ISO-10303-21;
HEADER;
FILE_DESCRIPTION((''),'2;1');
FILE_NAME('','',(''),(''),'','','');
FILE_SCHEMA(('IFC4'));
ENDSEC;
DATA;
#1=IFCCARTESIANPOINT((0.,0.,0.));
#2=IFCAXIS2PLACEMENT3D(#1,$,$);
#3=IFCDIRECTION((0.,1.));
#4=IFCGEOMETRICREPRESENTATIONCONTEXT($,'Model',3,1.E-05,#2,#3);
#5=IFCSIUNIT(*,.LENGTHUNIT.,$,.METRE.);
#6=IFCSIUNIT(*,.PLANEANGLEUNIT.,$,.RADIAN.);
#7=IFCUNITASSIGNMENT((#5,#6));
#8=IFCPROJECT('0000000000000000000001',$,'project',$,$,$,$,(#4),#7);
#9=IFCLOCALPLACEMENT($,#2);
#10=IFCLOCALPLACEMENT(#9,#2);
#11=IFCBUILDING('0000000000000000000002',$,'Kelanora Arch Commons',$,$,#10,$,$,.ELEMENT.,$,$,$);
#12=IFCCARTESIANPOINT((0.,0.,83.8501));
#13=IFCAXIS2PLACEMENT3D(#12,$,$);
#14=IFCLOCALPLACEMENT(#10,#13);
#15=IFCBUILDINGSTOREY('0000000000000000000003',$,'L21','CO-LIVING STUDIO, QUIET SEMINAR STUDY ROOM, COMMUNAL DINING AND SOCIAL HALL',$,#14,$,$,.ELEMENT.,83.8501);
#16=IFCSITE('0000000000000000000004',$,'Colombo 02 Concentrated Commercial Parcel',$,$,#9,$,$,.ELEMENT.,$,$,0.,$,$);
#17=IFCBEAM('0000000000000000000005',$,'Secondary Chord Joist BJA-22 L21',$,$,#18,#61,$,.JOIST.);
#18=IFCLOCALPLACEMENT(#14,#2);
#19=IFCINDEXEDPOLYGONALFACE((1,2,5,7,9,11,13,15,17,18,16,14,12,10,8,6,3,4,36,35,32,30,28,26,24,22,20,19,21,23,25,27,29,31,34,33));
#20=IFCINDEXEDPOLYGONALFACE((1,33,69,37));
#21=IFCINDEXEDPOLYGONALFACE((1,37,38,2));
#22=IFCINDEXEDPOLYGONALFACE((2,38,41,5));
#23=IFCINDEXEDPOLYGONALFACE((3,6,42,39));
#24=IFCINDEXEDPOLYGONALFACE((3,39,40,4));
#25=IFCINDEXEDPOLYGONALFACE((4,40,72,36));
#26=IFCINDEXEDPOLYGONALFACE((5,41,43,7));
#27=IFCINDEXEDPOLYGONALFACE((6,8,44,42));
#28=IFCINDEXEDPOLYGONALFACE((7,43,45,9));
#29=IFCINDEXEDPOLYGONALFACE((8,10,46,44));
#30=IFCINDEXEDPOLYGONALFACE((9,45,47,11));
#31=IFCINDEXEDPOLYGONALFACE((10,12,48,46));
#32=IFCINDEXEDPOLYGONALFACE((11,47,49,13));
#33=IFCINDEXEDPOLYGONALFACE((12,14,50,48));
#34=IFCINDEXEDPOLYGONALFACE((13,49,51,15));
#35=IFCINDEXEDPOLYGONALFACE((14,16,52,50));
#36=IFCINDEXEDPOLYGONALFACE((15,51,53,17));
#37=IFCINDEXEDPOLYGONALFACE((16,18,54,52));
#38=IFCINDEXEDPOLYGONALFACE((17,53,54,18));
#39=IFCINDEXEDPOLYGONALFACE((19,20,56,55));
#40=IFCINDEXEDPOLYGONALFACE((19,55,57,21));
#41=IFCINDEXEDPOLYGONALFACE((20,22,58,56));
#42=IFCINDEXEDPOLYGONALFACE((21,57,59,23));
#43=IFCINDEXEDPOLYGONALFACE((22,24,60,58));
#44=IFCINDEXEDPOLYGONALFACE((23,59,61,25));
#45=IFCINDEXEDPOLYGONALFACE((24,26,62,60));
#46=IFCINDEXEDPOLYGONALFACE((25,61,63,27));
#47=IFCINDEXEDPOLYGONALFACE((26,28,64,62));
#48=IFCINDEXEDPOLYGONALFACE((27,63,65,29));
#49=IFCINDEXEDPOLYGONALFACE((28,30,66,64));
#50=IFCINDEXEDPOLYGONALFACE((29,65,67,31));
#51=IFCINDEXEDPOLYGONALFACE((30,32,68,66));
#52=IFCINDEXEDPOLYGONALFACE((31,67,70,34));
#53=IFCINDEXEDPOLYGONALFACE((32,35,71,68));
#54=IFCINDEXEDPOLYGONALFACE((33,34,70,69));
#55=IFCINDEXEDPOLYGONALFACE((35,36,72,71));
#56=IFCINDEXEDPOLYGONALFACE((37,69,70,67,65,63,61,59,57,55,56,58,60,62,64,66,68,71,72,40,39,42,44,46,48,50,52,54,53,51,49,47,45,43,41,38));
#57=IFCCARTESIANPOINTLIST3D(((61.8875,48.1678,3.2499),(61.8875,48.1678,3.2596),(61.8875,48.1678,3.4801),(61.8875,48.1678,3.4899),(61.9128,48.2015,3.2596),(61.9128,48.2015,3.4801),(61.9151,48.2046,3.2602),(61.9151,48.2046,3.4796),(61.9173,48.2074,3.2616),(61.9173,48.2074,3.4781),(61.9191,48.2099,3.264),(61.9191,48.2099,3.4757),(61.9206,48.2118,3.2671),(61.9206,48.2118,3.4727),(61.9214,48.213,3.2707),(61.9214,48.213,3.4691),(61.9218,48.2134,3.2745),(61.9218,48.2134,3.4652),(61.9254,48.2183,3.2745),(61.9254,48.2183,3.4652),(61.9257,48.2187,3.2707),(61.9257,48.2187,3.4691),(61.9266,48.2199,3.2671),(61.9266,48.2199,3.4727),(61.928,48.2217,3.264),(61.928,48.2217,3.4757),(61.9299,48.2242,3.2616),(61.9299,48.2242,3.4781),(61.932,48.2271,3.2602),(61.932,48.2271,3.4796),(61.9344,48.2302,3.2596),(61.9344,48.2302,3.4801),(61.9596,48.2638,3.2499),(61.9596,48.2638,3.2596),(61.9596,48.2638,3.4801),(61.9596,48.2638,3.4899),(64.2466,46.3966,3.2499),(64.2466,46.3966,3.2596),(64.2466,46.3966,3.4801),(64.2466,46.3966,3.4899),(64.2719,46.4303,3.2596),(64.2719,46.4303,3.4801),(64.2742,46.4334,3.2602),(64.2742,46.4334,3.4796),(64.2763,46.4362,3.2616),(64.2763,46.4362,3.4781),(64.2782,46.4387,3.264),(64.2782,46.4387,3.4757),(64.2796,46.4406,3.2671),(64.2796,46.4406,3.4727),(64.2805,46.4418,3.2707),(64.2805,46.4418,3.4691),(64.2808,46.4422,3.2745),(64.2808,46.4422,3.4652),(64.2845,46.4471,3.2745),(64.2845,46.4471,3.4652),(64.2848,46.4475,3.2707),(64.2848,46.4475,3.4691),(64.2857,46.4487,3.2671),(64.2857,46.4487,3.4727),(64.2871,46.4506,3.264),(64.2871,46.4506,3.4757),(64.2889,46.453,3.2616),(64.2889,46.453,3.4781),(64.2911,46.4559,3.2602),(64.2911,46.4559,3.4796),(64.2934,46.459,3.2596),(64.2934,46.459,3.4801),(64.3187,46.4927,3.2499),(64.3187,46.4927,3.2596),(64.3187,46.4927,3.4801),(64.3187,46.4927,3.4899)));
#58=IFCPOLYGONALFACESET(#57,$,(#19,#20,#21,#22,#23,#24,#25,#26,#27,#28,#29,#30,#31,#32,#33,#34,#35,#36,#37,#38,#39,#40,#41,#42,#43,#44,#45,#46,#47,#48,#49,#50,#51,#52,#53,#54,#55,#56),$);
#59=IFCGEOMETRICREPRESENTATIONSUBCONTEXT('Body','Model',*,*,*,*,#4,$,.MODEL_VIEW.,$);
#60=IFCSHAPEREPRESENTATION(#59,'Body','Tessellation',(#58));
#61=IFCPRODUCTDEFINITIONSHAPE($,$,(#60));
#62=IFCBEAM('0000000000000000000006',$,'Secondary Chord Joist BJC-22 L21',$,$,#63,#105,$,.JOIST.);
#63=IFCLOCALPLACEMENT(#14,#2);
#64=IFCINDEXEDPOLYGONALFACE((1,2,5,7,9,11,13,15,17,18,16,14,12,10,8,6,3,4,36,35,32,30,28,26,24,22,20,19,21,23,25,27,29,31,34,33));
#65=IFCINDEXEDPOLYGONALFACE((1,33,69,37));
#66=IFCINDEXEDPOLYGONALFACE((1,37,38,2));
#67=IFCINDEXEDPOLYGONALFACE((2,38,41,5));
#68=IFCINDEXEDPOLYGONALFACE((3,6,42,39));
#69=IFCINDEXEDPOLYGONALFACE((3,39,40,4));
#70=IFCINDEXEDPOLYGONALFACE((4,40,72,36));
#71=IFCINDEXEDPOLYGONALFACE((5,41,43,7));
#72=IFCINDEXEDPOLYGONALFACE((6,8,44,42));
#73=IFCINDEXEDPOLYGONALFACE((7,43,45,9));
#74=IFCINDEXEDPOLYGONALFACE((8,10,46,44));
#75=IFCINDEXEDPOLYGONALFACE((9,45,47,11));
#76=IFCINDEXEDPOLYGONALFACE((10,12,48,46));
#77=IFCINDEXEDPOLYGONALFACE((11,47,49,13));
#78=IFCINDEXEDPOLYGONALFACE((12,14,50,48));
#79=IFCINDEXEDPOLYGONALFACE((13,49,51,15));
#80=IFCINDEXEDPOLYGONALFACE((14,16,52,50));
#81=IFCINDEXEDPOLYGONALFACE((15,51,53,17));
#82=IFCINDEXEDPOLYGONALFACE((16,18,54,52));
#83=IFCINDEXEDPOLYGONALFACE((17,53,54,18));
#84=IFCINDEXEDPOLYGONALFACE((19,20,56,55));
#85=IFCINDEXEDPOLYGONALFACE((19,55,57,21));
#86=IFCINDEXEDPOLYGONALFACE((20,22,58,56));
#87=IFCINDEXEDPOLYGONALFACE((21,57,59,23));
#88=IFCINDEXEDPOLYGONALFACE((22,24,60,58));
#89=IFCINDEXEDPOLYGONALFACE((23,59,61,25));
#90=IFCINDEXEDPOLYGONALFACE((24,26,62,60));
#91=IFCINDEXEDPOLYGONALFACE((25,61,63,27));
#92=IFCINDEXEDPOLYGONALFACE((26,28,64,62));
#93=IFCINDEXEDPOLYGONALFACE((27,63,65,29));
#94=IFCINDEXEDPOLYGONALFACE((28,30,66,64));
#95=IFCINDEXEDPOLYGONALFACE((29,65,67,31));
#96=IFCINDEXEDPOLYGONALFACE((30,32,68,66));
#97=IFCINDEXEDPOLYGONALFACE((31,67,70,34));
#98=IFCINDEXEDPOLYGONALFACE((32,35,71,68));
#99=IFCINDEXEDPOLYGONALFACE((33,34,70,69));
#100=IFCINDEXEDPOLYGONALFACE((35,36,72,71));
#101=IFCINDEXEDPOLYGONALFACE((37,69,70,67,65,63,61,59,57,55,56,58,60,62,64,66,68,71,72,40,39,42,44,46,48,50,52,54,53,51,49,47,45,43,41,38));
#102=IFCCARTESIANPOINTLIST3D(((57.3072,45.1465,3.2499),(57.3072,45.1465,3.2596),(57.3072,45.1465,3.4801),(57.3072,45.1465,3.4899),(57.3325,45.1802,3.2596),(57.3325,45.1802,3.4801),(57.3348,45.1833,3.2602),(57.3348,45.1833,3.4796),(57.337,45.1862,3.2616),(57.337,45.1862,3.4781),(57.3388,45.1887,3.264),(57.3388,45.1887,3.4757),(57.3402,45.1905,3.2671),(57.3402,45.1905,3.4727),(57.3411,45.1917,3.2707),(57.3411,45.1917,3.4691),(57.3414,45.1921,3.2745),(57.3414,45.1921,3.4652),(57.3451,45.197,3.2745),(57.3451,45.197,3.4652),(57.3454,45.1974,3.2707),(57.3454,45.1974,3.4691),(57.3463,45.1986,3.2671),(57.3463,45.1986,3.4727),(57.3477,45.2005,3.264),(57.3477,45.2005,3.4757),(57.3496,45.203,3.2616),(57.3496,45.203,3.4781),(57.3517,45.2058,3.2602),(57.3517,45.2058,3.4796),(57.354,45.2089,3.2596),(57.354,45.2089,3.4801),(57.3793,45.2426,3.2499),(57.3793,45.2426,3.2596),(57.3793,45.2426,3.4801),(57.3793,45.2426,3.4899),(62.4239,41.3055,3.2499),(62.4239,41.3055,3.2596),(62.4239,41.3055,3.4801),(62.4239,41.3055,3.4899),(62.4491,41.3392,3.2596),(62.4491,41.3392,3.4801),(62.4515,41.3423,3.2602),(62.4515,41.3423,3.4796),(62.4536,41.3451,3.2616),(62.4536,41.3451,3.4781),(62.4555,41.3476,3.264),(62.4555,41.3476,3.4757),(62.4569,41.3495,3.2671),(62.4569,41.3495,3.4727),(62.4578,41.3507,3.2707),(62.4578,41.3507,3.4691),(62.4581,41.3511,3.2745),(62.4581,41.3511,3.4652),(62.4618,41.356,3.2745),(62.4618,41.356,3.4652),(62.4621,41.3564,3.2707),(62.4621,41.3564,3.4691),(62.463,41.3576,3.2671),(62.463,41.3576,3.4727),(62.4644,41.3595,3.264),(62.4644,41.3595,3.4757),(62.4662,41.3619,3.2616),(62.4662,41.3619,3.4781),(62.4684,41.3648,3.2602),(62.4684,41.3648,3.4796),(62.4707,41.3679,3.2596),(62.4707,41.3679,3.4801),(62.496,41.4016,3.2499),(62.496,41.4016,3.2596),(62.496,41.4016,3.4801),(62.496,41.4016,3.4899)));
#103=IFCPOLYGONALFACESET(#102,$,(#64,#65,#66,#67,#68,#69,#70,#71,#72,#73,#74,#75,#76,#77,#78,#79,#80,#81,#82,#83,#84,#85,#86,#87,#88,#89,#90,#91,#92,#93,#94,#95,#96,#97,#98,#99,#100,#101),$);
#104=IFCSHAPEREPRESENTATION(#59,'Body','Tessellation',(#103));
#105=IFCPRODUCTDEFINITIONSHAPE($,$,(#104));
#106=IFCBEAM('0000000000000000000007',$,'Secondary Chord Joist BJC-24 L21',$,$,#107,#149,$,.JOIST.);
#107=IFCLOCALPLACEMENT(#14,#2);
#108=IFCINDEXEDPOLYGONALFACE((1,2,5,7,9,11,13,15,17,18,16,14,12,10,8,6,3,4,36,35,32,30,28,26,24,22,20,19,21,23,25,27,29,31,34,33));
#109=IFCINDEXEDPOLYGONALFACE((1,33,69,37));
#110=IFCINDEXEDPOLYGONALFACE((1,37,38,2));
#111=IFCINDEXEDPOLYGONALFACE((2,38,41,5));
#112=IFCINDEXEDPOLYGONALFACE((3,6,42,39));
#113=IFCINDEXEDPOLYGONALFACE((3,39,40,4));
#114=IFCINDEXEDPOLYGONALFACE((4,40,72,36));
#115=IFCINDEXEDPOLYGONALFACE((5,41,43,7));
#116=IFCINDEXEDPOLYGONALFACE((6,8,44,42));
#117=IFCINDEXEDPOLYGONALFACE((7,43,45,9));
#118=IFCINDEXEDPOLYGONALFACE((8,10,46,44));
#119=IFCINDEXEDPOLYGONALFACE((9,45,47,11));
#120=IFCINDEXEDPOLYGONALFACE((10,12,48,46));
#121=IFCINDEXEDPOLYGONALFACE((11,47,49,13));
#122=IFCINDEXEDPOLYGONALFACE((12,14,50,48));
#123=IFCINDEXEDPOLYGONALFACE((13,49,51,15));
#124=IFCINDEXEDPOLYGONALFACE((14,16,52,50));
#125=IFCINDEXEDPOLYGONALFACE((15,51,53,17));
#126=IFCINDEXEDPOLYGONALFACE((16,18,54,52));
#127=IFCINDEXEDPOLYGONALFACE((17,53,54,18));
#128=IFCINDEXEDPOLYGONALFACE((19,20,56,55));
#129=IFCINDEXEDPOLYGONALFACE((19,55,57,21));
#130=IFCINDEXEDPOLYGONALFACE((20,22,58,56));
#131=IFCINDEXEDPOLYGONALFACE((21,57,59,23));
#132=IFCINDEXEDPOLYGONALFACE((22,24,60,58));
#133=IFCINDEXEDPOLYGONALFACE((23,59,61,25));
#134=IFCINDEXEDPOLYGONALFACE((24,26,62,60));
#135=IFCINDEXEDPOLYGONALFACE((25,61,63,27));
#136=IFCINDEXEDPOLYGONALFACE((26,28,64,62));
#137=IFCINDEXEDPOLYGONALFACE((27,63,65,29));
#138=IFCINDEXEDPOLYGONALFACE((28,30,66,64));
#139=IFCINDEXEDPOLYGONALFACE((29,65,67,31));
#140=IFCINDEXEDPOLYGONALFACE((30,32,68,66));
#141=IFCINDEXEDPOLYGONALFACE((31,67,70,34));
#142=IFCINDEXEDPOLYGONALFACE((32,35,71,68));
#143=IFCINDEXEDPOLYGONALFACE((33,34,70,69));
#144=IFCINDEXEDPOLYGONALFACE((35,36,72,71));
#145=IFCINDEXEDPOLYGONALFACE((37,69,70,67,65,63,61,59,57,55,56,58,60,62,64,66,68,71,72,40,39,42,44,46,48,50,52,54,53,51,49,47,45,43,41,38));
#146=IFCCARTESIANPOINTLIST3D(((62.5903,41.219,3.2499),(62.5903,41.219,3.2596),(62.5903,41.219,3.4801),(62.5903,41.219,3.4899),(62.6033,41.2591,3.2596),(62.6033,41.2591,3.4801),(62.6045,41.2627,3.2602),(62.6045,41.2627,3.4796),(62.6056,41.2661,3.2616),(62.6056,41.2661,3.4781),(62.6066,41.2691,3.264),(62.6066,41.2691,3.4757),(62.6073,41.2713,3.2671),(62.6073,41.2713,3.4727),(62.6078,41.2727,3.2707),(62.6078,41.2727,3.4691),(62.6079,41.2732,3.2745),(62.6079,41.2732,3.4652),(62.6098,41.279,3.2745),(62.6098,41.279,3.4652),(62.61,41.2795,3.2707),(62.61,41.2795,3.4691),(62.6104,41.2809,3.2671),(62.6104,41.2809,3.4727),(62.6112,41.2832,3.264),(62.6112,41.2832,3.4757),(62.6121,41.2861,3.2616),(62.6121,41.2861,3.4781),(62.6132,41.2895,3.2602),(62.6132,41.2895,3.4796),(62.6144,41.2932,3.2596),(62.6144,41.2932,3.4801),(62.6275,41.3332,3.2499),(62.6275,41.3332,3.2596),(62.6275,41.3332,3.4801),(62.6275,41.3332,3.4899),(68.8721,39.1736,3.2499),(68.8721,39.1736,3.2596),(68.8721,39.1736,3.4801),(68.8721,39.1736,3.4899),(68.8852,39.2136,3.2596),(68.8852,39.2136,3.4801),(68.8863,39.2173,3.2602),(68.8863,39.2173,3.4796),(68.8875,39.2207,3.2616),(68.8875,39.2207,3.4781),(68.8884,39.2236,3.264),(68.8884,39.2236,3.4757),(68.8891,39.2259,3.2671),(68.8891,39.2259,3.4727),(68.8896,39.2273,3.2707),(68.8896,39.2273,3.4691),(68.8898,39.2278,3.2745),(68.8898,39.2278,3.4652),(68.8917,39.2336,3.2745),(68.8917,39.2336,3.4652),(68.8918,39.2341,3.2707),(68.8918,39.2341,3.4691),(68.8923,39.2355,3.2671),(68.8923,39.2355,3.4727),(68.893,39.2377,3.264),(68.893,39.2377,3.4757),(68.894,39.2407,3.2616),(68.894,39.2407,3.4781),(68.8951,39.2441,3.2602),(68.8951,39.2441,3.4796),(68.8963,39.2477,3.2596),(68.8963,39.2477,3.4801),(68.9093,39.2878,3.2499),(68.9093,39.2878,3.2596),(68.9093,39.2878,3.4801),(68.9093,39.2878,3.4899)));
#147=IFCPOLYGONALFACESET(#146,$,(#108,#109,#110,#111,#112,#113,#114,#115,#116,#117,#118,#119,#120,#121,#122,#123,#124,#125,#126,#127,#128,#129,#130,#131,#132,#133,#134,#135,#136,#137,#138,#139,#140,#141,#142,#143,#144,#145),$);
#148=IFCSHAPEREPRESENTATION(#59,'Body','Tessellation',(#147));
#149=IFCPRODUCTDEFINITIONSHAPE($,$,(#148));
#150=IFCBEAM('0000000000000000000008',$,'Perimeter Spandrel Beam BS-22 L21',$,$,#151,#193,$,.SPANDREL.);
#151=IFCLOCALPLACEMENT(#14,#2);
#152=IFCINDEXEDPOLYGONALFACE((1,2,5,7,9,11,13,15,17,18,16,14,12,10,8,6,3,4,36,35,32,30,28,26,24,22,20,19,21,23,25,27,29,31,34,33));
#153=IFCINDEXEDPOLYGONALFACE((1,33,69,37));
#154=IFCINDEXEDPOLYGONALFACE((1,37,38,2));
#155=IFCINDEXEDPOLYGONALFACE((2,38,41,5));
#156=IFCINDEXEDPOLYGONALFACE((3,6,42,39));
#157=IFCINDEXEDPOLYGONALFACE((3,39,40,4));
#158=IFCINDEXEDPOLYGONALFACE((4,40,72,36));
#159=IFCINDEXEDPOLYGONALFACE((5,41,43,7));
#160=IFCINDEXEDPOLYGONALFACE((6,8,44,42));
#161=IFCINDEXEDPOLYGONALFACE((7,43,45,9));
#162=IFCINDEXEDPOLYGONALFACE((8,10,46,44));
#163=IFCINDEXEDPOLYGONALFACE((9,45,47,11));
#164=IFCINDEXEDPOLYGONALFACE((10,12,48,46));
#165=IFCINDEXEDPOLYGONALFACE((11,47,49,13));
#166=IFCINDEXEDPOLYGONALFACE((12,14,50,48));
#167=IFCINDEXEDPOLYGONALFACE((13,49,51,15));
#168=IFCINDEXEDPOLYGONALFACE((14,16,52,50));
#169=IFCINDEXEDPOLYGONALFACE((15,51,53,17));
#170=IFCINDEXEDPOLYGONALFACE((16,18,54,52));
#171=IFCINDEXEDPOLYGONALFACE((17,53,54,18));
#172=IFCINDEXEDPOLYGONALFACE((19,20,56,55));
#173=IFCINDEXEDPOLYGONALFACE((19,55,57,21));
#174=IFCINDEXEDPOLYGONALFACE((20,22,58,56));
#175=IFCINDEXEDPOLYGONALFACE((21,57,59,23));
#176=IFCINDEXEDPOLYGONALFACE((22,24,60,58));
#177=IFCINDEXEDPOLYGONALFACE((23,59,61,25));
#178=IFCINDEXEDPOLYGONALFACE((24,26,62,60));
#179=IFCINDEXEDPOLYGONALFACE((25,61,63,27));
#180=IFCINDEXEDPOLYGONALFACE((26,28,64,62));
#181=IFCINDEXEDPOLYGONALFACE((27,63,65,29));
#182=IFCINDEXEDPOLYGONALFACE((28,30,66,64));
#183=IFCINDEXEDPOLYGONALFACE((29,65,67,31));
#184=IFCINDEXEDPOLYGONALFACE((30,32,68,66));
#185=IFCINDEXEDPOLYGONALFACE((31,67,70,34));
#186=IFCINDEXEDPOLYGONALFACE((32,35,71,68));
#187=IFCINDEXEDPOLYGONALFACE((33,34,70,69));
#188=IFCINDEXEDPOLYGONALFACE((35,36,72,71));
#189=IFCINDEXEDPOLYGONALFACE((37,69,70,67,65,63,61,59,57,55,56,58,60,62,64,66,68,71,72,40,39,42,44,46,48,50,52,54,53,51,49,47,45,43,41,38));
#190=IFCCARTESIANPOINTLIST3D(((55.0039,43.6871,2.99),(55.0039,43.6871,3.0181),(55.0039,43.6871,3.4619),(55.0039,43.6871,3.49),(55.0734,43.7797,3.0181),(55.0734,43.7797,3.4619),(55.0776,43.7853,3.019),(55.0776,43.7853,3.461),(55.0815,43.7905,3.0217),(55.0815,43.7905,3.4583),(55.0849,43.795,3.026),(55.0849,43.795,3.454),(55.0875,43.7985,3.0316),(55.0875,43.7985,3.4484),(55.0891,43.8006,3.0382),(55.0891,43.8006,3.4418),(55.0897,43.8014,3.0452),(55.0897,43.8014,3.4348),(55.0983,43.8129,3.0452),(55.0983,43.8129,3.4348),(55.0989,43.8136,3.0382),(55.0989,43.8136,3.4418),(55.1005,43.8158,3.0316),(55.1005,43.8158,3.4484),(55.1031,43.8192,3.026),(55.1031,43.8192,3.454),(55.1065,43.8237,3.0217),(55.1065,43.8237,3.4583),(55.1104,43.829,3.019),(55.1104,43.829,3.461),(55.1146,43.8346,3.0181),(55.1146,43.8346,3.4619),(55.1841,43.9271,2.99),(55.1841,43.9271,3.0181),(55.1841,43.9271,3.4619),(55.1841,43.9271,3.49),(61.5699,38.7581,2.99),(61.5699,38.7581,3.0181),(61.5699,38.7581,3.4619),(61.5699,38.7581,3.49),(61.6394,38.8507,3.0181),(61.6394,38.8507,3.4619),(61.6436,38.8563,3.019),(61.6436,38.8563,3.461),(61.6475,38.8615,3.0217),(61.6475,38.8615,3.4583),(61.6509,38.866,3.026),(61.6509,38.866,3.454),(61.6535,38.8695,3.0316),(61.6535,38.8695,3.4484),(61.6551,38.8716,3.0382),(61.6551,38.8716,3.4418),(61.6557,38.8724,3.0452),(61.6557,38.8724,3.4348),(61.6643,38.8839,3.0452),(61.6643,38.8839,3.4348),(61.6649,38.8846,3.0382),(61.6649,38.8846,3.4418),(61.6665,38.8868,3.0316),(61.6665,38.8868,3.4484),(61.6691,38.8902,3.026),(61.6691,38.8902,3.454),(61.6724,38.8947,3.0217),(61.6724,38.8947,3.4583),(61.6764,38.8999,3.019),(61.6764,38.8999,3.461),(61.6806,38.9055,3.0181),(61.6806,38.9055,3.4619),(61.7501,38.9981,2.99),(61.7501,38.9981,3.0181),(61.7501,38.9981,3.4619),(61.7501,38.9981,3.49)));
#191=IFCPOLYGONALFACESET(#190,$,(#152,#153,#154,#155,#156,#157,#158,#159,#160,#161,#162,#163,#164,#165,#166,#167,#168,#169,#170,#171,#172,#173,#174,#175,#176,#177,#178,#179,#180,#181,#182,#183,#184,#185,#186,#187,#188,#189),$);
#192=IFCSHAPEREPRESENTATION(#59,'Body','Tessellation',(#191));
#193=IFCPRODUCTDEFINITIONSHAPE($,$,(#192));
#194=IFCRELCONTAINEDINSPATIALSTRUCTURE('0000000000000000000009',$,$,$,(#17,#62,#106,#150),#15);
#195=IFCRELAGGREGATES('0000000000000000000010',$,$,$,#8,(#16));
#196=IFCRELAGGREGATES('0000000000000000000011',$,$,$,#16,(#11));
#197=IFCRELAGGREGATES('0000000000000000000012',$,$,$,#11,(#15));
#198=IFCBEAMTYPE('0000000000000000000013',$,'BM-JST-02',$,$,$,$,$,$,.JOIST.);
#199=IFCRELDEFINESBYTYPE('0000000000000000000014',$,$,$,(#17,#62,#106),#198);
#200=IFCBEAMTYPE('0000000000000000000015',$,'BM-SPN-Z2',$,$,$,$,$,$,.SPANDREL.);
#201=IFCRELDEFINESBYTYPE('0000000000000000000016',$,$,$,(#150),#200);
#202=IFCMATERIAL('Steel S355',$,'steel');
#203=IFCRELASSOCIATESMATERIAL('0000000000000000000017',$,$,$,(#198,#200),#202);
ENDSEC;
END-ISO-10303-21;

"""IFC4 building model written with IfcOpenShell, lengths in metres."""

from ifc_helpers import new_model, si_unit, direction, frame, origin, origin_2d, place, context, subcontext, project, spatial, i_section, extrude, material, material_profile, profile_set, type_object, element, save


model = new_model("IFC4")

# Units and contexts
model_context = context("Model", 3, precision=1e-05, world=origin(), true_north=direction((0.0, 1.0)))
body_context = subcontext(model_context, "Body", "Model", "MODEL_VIEW")
ifc_project = project(units=[si_unit("LENGTHUNIT", "METRE"), si_unit("PLANEANGLEUNIT", "RADIAN")], contexts=[model_context])

# Site, building, storey
site_placement = place(None, origin())
site = spatial("IfcSite", under=ifc_project, at=site_placement, Name="Colombo 02 Concentrated Commercial Parcel", CompositionType="ELEMENT", RefElevation=0.0)
building_placement = place(site_placement, origin())
building = spatial("IfcBuilding", under=site, at=building_placement, Name="Kelanora Arch Commons", CompositionType="ELEMENT")
storey_placement = place(building_placement, frame((0.0, 0.0, 83.8501)))
storey = spatial("IfcBuildingStorey", under=building, at=storey_placement, Name="L21", Description="CO-LIVING STUDIO, QUIET SEMINAR STUDY ROOM, COMMUNAL DINING AND SOCIAL HALL", CompositionType="ELEMENT", Elevation=83.8501)

# Beams
ifc_material_1 = material(Name="Steel S355", Category="steel")
ifc_material_profile_1 = material_profile(ifc_material_1, i_section(OverallWidth=0.1201, OverallDepth=0.24, WebThickness=0.0061, FlangeThickness=0.0098, FilletRadius=0.0149, at=origin_2d()), Name="IPE240")
ifc_profile_set_1 = profile_set([ifc_material_profile_1], Name="Steel S355")
beam_type_1 = type_object("IfcBeamType", Name="BM-JST-02", PredefinedType="JOIST", material=ifc_profile_set_1)
beam_1_placement = place(storey_placement, frame((61.9236, 48.2158, 3.3699), z_axis=(0.799692, -0.60041, 0.0), x_axis=(0.60041, 0.799692, 0.0)))
element("IfcBeam", 1, at=beam_1_placement, inside=storey, type_object=beam_type_1, Name="Secondary Chord Joist BJA-22 L21", PredefinedType="JOIST", context=body_context, shape_type="SweptSolid", body=[
    extrude(i_section(OverallWidth=0.1201, OverallDepth=0.24, WebThickness=0.0061, FlangeThickness=0.0098, FilletRadius=0.0149, at=origin_2d()), origin(), (0.0, 0.0, 1.0), 2.95),
])
beam_2_placement = place(storey_placement, frame((57.3433, 45.1946, 3.3699), z_axis=(0.799734, -0.600354, 0.0), x_axis=(0.600354, 0.799734, 0.0)))
element("IfcBeam", 2, at=beam_2_placement, inside=storey, type_object=beam_type_1, Name="Secondary Chord Joist BJC-22 L21", PredefinedType="JOIST", context=body_context, shape_type="SweptSolid", body=[
    extrude(i_section(OverallWidth=0.1201, OverallDepth=0.24, WebThickness=0.0061, FlangeThickness=0.0098, FilletRadius=0.0149, at=origin_2d()), origin(), (0.0, 0.0, 1.0), 6.3979),
])
beam_3_placement = place(storey_placement, frame((62.6089, 41.2761, 3.3699), z_axis=(0.950863, -0.309612, 0.0), x_axis=(0.309612, 0.950863, 0.0)))
element("IfcBeam", 3, at=beam_3_placement, inside=storey, type_object=beam_type_1, Name="Secondary Chord Joist BJC-24 L21", PredefinedType="JOIST", context=body_context, shape_type="SweptSolid", body=[
    extrude(i_section(OverallWidth=0.1201, OverallDepth=0.24, WebThickness=0.0061, FlangeThickness=0.0098, FilletRadius=0.0149, at=origin_2d()), origin(), (0.0, 0.0, 1.0), 6.6064),
])
ifc_material_profile_2 = material_profile(ifc_material_1, i_section(OverallWidth=0.3, OverallDepth=0.5, WebThickness=0.0144, FlangeThickness=0.0281, FilletRadius=0.0271, at=origin_2d()), Name="HEB500")
ifc_profile_set_2 = profile_set([ifc_material_profile_2], Name="Steel S355")
beam_type_2 = type_object("IfcBeamType", Name="BM-SPN-Z2", PredefinedType="SPANDREL", material=ifc_profile_set_2)
beam_4_placement = place(storey_placement, frame((55.094, 43.8071, 3.24), z_axis=(0.799736, -0.600352, 0.0), x_axis=(0.600352, 0.799736, 0.0)))
element("IfcBeam", 4, at=beam_4_placement, inside=storey, type_object=beam_type_2, Name="Perimeter Spandrel Beam BS-22 L21", PredefinedType="SPANDREL", context=body_context, shape_type="SweptSolid", body=[
    extrude(i_section(OverallWidth=0.3, OverallDepth=0.5, WebThickness=0.0144, FlangeThickness=0.0281, FilletRadius=0.0271, at=origin_2d()), origin(), (0.0, 0.0, 1.0), 8.2102),
])

save(model, "model.ifc")
